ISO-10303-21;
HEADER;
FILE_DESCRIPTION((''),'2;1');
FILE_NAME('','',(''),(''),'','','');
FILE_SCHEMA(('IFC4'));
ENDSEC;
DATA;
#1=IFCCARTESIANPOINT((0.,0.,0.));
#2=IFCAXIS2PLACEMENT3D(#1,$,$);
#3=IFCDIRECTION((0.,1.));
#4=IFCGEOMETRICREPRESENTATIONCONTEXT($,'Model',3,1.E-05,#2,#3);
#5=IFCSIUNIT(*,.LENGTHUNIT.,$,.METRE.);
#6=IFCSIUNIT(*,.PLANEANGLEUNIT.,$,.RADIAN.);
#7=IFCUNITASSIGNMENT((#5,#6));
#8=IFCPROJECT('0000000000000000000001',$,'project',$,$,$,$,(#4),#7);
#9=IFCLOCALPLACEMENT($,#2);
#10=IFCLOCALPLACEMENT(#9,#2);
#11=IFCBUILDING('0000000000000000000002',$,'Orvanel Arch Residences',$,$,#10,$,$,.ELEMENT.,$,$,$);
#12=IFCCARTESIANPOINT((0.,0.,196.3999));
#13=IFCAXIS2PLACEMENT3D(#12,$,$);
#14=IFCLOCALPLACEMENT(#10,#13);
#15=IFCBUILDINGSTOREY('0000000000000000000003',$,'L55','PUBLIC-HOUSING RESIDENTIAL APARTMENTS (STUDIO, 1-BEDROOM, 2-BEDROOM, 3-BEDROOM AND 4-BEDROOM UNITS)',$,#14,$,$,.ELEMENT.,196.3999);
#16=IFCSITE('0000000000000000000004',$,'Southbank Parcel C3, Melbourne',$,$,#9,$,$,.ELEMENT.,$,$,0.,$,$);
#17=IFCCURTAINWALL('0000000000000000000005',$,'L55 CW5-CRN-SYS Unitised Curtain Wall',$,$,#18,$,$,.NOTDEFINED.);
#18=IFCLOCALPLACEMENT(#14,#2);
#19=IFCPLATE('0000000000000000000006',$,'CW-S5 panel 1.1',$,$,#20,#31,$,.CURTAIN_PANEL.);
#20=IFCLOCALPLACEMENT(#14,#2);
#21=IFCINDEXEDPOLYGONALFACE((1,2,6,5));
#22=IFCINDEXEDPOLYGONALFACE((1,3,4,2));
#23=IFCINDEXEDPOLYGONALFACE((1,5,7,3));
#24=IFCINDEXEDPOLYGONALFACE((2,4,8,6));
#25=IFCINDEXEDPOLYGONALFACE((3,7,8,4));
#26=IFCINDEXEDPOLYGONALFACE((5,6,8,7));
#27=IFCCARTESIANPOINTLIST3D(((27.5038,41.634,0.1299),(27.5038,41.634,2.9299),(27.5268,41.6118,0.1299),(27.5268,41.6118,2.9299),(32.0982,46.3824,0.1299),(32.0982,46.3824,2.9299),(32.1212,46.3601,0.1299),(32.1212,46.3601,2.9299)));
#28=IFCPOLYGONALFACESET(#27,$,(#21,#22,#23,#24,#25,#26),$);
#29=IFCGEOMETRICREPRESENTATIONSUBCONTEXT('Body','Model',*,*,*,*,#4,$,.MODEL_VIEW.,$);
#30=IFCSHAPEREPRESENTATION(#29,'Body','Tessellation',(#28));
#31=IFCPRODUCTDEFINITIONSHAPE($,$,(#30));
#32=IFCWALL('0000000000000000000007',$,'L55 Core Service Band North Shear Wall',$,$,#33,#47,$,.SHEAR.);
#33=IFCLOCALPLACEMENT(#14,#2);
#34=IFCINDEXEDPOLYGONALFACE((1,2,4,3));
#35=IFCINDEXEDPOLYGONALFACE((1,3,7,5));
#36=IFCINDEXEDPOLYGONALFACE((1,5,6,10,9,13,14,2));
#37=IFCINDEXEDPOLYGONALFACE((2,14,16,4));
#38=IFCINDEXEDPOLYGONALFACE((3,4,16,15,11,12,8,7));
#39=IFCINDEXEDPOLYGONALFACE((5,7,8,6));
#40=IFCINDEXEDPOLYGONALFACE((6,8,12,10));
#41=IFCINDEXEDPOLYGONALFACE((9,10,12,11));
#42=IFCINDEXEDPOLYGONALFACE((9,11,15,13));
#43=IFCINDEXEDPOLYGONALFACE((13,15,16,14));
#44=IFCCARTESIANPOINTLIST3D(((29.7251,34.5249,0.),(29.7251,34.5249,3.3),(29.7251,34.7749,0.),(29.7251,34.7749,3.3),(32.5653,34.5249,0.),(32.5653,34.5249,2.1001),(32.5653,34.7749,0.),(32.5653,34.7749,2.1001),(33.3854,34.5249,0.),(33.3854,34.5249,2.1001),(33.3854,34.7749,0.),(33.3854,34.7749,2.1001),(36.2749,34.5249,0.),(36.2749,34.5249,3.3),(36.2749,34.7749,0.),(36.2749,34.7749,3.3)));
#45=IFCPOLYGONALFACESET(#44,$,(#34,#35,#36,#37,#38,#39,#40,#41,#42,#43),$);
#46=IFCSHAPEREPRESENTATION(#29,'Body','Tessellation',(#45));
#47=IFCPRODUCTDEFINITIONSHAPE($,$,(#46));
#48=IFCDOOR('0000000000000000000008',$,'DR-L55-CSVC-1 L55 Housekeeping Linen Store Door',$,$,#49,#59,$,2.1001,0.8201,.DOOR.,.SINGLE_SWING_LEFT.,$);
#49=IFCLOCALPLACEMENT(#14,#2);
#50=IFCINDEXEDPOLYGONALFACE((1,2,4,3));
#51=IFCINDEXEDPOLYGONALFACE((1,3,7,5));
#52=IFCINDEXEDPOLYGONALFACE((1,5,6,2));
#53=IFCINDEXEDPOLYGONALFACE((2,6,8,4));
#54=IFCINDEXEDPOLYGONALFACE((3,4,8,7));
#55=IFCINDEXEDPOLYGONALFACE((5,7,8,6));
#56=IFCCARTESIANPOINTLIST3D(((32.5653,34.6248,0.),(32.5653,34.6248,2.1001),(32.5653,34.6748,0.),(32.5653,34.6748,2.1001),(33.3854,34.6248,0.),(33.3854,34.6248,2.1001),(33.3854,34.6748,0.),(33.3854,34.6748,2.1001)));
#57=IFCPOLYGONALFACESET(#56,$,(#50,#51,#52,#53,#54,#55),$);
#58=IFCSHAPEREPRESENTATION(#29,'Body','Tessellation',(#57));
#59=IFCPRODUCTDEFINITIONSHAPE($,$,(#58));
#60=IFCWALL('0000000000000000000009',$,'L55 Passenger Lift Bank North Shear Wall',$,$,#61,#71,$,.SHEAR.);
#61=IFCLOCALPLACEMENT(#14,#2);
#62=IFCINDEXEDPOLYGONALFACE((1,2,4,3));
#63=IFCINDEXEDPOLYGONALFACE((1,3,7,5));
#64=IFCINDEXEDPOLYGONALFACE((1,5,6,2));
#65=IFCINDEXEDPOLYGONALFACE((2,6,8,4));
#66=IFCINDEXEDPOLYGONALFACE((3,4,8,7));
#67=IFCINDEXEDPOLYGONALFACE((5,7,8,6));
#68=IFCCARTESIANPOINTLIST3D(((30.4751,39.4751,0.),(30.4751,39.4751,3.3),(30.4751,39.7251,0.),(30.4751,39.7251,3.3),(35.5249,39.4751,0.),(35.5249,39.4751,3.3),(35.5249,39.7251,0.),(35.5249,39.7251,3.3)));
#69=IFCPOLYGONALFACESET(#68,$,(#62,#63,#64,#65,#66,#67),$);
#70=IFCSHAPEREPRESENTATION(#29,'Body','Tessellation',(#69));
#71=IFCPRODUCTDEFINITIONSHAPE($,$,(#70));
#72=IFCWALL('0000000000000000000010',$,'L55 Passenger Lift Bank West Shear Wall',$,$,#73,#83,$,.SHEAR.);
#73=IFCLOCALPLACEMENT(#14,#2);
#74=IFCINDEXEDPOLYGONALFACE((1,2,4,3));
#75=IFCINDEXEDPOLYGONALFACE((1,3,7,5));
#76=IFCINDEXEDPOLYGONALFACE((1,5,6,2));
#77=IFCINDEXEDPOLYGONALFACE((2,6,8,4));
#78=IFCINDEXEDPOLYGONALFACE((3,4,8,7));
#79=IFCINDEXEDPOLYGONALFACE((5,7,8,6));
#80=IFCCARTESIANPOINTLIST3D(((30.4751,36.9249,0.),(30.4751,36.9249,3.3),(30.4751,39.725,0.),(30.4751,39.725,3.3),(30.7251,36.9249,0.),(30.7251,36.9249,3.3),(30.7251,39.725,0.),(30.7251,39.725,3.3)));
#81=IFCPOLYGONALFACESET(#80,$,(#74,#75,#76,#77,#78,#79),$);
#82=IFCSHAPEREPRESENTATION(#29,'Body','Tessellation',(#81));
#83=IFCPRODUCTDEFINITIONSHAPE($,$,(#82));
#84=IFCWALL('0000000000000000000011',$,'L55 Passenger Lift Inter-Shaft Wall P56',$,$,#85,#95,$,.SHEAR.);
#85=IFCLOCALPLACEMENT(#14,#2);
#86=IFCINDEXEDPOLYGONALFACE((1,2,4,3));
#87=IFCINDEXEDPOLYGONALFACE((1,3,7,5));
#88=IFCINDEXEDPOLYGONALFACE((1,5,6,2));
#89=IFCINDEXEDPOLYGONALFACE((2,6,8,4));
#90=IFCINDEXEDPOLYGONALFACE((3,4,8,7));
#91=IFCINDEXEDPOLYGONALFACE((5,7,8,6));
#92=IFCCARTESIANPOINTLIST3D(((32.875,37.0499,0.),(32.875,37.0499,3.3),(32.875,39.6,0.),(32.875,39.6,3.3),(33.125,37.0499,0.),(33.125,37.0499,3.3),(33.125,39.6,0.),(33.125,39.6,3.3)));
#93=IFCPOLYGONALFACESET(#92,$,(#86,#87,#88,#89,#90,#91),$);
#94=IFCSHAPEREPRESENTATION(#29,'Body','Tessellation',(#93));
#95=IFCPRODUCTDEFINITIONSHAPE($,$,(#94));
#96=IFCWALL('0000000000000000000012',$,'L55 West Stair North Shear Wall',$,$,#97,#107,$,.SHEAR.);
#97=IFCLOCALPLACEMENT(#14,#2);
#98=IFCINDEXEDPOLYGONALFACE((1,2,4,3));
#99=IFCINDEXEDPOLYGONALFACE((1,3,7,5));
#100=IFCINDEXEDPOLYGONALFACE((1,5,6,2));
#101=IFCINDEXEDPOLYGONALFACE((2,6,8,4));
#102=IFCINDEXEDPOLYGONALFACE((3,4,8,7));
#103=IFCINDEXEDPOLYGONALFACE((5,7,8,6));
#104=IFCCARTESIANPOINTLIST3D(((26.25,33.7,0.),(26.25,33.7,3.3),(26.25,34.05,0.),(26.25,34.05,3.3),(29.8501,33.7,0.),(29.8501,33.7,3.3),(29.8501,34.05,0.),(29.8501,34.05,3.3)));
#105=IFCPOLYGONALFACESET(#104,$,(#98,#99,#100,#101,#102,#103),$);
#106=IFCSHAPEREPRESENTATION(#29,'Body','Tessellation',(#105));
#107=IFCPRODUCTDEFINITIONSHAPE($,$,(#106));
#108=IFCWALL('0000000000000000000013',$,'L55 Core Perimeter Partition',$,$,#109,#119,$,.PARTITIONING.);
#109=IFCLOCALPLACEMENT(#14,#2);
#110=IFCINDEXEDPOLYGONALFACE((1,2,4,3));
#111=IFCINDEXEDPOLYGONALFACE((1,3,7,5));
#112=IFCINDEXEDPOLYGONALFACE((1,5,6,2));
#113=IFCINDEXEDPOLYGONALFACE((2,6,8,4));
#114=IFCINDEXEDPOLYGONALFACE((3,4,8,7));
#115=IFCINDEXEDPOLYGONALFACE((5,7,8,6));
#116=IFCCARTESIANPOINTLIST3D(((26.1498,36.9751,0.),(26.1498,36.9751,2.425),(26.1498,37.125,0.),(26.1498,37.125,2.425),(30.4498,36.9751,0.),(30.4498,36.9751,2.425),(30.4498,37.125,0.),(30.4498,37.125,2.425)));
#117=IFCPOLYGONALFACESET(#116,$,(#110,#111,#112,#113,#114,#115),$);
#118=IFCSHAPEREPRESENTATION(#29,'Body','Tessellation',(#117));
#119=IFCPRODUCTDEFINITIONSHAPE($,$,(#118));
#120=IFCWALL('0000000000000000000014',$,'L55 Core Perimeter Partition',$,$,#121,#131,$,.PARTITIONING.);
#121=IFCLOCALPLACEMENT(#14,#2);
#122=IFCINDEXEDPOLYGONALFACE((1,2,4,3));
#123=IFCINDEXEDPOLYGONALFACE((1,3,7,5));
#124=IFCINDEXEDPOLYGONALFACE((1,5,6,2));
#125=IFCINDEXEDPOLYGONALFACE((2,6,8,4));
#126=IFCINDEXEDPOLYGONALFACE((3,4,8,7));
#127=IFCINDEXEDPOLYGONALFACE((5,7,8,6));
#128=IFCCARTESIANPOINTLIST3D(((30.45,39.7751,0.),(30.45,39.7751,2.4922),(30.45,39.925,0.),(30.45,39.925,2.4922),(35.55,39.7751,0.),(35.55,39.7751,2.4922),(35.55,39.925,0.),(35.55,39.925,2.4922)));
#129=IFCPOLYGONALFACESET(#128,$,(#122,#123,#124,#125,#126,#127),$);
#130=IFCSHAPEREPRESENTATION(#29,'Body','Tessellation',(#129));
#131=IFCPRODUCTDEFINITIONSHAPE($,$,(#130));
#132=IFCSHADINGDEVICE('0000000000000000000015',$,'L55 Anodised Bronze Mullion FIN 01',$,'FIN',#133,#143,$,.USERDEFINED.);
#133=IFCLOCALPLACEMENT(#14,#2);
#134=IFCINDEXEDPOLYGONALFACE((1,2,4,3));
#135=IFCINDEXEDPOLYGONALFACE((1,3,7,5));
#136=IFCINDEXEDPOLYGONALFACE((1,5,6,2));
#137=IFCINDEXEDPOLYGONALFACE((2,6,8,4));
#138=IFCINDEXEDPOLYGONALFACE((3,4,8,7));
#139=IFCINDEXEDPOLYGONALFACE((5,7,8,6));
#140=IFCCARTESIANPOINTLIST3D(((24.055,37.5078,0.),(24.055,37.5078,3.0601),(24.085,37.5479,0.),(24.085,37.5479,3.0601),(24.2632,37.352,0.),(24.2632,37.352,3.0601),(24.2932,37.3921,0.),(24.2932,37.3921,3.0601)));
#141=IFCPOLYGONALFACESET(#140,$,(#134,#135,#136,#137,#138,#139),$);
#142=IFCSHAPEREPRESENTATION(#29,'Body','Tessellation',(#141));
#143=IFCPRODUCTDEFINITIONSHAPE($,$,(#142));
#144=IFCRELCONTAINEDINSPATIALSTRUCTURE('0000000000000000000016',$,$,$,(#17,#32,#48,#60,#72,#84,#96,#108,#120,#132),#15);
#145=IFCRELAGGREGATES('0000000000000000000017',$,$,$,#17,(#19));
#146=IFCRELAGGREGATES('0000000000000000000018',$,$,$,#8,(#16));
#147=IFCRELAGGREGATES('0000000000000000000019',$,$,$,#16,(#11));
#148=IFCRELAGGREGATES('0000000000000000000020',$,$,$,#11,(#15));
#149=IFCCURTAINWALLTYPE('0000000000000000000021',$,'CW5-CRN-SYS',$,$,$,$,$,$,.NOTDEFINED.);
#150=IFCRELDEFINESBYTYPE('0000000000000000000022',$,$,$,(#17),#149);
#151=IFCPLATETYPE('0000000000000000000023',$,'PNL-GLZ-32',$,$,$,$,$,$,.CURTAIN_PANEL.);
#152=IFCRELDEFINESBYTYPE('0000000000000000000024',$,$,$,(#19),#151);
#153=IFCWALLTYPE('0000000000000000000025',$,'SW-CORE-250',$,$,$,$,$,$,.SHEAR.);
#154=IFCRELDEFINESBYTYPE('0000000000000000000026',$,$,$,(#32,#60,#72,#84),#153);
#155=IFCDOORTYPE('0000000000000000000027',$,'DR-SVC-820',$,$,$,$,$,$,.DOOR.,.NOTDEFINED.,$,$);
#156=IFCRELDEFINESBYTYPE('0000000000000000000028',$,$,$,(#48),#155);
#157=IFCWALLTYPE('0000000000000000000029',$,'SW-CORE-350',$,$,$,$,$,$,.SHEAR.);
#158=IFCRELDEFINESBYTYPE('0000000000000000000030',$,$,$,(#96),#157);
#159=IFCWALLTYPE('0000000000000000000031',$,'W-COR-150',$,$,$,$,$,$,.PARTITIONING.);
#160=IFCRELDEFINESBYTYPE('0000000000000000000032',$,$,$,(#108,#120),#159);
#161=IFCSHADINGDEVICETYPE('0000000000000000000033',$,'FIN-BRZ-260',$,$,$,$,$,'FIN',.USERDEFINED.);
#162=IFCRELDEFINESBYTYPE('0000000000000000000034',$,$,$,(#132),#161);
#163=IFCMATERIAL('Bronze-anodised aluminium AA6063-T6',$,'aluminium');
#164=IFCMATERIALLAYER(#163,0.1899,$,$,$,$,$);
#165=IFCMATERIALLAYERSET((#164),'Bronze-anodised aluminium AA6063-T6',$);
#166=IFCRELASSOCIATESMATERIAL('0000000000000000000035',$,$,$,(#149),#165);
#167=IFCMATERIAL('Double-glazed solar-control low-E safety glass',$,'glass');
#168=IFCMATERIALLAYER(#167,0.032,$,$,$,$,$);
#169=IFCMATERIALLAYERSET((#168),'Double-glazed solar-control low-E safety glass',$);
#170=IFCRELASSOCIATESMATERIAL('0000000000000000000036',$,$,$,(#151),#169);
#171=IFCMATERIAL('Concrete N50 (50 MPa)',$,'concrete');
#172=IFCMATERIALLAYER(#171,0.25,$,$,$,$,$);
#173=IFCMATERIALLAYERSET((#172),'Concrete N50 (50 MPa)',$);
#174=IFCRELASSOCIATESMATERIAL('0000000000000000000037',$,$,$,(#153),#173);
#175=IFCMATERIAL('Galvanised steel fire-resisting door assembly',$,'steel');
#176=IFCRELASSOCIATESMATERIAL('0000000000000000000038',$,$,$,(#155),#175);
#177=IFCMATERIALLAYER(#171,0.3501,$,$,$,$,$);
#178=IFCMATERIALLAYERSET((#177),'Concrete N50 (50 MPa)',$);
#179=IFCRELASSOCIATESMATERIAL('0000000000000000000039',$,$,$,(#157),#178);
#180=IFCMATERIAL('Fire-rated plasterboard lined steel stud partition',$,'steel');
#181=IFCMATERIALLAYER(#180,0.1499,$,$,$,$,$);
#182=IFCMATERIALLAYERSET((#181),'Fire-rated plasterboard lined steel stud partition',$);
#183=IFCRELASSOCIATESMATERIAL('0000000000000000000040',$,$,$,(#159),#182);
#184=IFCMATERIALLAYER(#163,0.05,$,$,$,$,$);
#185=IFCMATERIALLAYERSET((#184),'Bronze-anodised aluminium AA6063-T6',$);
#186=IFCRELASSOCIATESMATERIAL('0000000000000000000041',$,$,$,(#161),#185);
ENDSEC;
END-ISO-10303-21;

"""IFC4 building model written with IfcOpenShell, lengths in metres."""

from ifc_helpers import new_model, si_unit, direction, frame, frame_2d, origin, origin_2d, place, context, subcontext, project, spatial, rectangle, extrude, material, layer, layer_set, type_object, element, fill, aggregate, save


model = new_model("IFC4")

# Units and contexts
model_context = context("Model", 3, precision=1e-05, world=origin(), true_north=direction((0.0, 1.0)))
body_context = subcontext(model_context, "Body", "Model", "MODEL_VIEW")
ifc_project = project(units=[si_unit("LENGTHUNIT", "METRE"), si_unit("PLANEANGLEUNIT", "RADIAN")], contexts=[model_context])

# Site, building, storey
site_placement = place(None, origin())
site = spatial("IfcSite", under=ifc_project, at=site_placement, Name="Southbank Parcel C3, Melbourne", CompositionType="ELEMENT", RefElevation=0.0)
building_placement = place(site_placement, origin())
building = spatial("IfcBuilding", under=site, at=building_placement, Name="Orvanel Arch Residences", CompositionType="ELEMENT")
storey_placement = place(building_placement, frame((0.0, 0.0, 196.3999)))
storey = spatial("IfcBuildingStorey", under=building, at=storey_placement, Name="L55", Description="PUBLIC-HOUSING RESIDENTIAL APARTMENTS (STUDIO, 1-BEDROOM, 2-BEDROOM, 3-BEDROOM AND 4-BEDROOM UNITS)", CompositionType="ELEMENT", Elevation=196.3999)

# Shared definitions
ifc_material_1 = material(Name="Bronze-anodised aluminium AA6063-T6", Category="aluminium")
ifc_layer_1 = layer(ifc_material_1, 0.1899)
ifc_layer_set_1 = layer_set([ifc_layer_1], Name="Bronze-anodised aluminium AA6063-T6")
curtain_wall_type_1 = type_object("IfcCurtainWallType", Name="CW5-CRN-SYS", PredefinedType="NOTDEFINED", material=ifc_layer_set_1)

# Curtain wall
curtain_wall_1_placement = place(storey_placement, origin())
curtain_wall_1 = element("IfcCurtainWall", 1, at=curtain_wall_1_placement, inside=storey, type_object=curtain_wall_type_1, Name="L55 CW5-CRN-SYS Unitised Curtain Wall", PredefinedType="NOTDEFINED")

# Plate
ifc_material_2 = material(Name="Double-glazed solar-control low-E safety glass", Category="glass")
ifc_layer_2 = layer(ifc_material_2, 0.032)
ifc_layer_set_2 = layer_set([ifc_layer_2], Name="Double-glazed solar-control low-E safety glass")
plate_type_1 = type_object("IfcPlateType", Name="PNL-GLZ-32", PredefinedType="CURTAIN_PANEL", material=ifc_layer_set_2)
plate_1_placement = place(storey_placement, frame((29.8125, 43.9971, 0.1299), z_axis=(0.0, 0.0, 1.0), x_axis=(-0.695356, -0.718665, 0.0)))
plate_1 = element("IfcPlate", 2, at=plate_1_placement, type_object=plate_type_1, Name="CW-S5 panel 1.1", PredefinedType="CURTAIN_PANEL", context=body_context, shape_type="SweptSolid", body=[
    extrude(rectangle(XDim=6.6072, YDim=0.032, at=origin_2d()), origin(), (0.0, 0.0, 1.0), 2.8),
])
aggregate(curtain_wall_1, [plate_1])

# Wall, opening, door
ifc_material_3 = material(Name="Concrete N50 (50 MPa)", Category="concrete")
ifc_layer_3 = layer(ifc_material_3, 0.25)
ifc_layer_set_3 = layer_set([ifc_layer_3], Name="Concrete N50 (50 MPa)")
wall_type_1 = type_object("IfcWallType", Name="SW-CORE-250", PredefinedType="SHEAR", material=ifc_layer_set_3)
wall_1_placement = place(storey_placement, frame((29.7251, 34.6499, 0.0), z_axis=(0.0, 0.0, 1.0), x_axis=(1.0, 0.0, 0.0)))
wall_1 = element("IfcWall", 3, at=wall_1_placement, inside=storey, type_object=wall_type_1, Name="L55 Core Service Band North Shear Wall", PredefinedType="SHEAR", context=body_context, shape_type="SweptSolid", body=[
    extrude(rectangle(XDim=6.5498, YDim=0.25, at=frame_2d((3.2749, 0.0))), origin(), (0.0, 0.0, 1.0), 3.3),
])
opening_1_placement = place(wall_1_placement, frame((2.8401, 0.0, 0.0)))
opening_1 = element("IfcOpeningElement", 4, at=opening_1_placement, cuts=wall_1, PredefinedType="OPENING", context=body_context, shape_type="SweptSolid", body=[
    extrude(rectangle(XDim=0.8201, YDim=2.1001, at=frame_2d((0.4102, 1.05))), frame((0.0, 0.135, 0.0), z_axis=(0.0, -1.0, 0.0), x_axis=(1.0, 0.0, 0.0)), (0.0, 0.0, 1.0), 0.27),
])
ifc_material_4 = material(Name="Galvanised steel fire-resisting door assembly", Category="steel")
door_type_1 = type_object("IfcDoorType", Name="DR-SVC-820", OperationType="NOTDEFINED", PredefinedType="DOOR", material=ifc_material_4)
door_1_placement = place(opening_1_placement, origin())
door_1 = element("IfcDoor", 5, at=door_1_placement, inside=storey, type_object=door_type_1, Name="DR-L55-CSVC-1 L55 Housekeeping Linen Store Door", OperationType="SINGLE_SWING_LEFT", OverallHeight=2.1001, OverallWidth=0.8201, PredefinedType="DOOR", context=body_context, shape_type="SweptSolid", body=[
    extrude(rectangle(XDim=0.8201, YDim=2.1001, at=frame_2d((0.4102, 1.05))), frame((0.0, 0.0249, 0.0), z_axis=(0.0, -1.0, 0.0), x_axis=(1.0, 0.0, 0.0)), (0.0, 0.0, 1.0), 0.05),
])
fill(opening_1, door_1)

# Walls
wall_2_placement = place(storey_placement, frame((30.4751, 39.6001, 0.0), z_axis=(0.0, 0.0, 1.0), x_axis=(1.0, 0.0, 0.0)))
element("IfcWall", 6, at=wall_2_placement, inside=storey, type_object=wall_type_1, Name="L55 Passenger Lift Bank North Shear Wall", PredefinedType="SHEAR", context=body_context, shape_type="SweptSolid", body=[
    extrude(rectangle(XDim=5.0498, YDim=0.25, at=frame_2d((2.5249, 0.0))), origin(), (0.0, 0.0, 1.0), 3.3),
])
wall_3_placement = place(storey_placement, frame((30.6001, 36.925, 0.0), z_axis=(0.0, 0.0, 1.0), x_axis=(0.0, 1.0, 0.0)))
element("IfcWall", 7, at=wall_3_placement, inside=storey, type_object=wall_type_1, Name="L55 Passenger Lift Bank West Shear Wall", PredefinedType="SHEAR", context=body_context, shape_type="SweptSolid", body=[
    extrude(rectangle(XDim=2.8, YDim=0.25, at=frame_2d((1.3999, 0.0))), origin(), (0.0, 0.0, 1.0), 3.3),
])
wall_4_placement = place(storey_placement, frame((33.0, 37.05, 0.0), z_axis=(0.0, 0.0, 1.0), x_axis=(0.0, 1.0, 0.0)))
element("IfcWall", 8, at=wall_4_placement, inside=storey, type_object=wall_type_1, Name="L55 Passenger Lift Inter-Shaft Wall P56", PredefinedType="SHEAR", context=body_context, shape_type="SweptSolid", body=[
    extrude(rectangle(XDim=2.55, YDim=0.25, at=frame_2d((1.2749, 0.0))), origin(), (0.0, 0.0, 1.0), 3.3),
])
ifc_layer_4 = layer(ifc_material_3, 0.3501)
ifc_layer_set_4 = layer_set([ifc_layer_4], Name="Concrete N50 (50 MPa)")
wall_type_2 = type_object("IfcWallType", Name="SW-CORE-350", PredefinedType="SHEAR", material=ifc_layer_set_4)
wall_5_placement = place(storey_placement, frame((26.25, 33.875, 0.0), z_axis=(0.0, 0.0, 1.0), x_axis=(1.0, 0.0, 0.0)))
element("IfcWall", 9, at=wall_5_placement, inside=storey, type_object=wall_type_2, Name="L55 West Stair North Shear Wall", PredefinedType="SHEAR", context=body_context, shape_type="SweptSolid", body=[
    extrude(rectangle(XDim=3.6001, YDim=0.3501, at=frame_2d((1.8, 0.0))), origin(), (0.0, 0.0, 1.0), 3.3),
])

# Shared definitions
ifc_material_5 = material(Name="Fire-rated plasterboard lined steel stud partition", Category="steel")
ifc_layer_5 = layer(ifc_material_5, 0.1499)
ifc_layer_set_5 = layer_set([ifc_layer_5], Name="Fire-rated plasterboard lined steel stud partition")
wall_type_3 = type_object("IfcWallType", Name="W-COR-150", PredefinedType="PARTITIONING", material=ifc_layer_set_5)

# Walls
wall_6_placement = place(storey_placement, frame((26.1499, 37.05, 0.0), z_axis=(0.0, 0.0, 1.0), x_axis=(1.0, 0.0, 0.0)))
element("IfcWall", 10, at=wall_6_placement, inside=storey, type_object=wall_type_3, Name="L55 Core Perimeter Partition", PredefinedType="PARTITIONING", context=body_context, shape_type="SweptSolid", body=[
    extrude(rectangle(XDim=4.3, YDim=0.1499, at=frame_2d((2.1499, 0.0))), origin(), (0.0, 0.0, 1.0), 2.425),
])
wall_7_placement = place(storey_placement, frame((30.45, 39.8501, 0.0), z_axis=(0.0, 0.0, 1.0), x_axis=(1.0, 0.0, 0.0)))
element("IfcWall", 11, at=wall_7_placement, inside=storey, type_object=wall_type_3, Name="L55 Core Perimeter Partition", PredefinedType="PARTITIONING", context=body_context, shape_type="SweptSolid", body=[
    extrude(rectangle(XDim=5.1001, YDim=0.1499, at=frame_2d((2.55, 0.0))), origin(), (0.0, 0.0, 1.0), 2.4922),
])

# Shading device
ifc_layer_6 = layer(ifc_material_1, 0.05)
ifc_layer_set_6 = layer_set([ifc_layer_6], Name="Bronze-anodised aluminium AA6063-T6")
shading_device_type = type_object("IfcShadingDeviceType", Name="FIN-BRZ-260", ElementType="FIN", PredefinedType="USERDEFINED", material=ifc_layer_set_6)
shading_device_placement = place(storey_placement, frame((24.1741, 37.45, 0.0), z_axis=(0.0, 0.0, 1.0), x_axis=(-0.800731, 0.599024, 0.0)))
element("IfcShadingDevice", 12, at=shading_device_placement, inside=storey, type_object=shading_device_type, Name="L55 Anodised Bronze Mullion FIN 01", ObjectType="FIN", PredefinedType="USERDEFINED", context=body_context, shape_type="SweptSolid", body=[
    extrude(rectangle(XDim=0.26, YDim=0.05, at=origin_2d()), origin(), (0.0, 0.0, 1.0), 3.0601),
])

save(model, "model.ifc")
